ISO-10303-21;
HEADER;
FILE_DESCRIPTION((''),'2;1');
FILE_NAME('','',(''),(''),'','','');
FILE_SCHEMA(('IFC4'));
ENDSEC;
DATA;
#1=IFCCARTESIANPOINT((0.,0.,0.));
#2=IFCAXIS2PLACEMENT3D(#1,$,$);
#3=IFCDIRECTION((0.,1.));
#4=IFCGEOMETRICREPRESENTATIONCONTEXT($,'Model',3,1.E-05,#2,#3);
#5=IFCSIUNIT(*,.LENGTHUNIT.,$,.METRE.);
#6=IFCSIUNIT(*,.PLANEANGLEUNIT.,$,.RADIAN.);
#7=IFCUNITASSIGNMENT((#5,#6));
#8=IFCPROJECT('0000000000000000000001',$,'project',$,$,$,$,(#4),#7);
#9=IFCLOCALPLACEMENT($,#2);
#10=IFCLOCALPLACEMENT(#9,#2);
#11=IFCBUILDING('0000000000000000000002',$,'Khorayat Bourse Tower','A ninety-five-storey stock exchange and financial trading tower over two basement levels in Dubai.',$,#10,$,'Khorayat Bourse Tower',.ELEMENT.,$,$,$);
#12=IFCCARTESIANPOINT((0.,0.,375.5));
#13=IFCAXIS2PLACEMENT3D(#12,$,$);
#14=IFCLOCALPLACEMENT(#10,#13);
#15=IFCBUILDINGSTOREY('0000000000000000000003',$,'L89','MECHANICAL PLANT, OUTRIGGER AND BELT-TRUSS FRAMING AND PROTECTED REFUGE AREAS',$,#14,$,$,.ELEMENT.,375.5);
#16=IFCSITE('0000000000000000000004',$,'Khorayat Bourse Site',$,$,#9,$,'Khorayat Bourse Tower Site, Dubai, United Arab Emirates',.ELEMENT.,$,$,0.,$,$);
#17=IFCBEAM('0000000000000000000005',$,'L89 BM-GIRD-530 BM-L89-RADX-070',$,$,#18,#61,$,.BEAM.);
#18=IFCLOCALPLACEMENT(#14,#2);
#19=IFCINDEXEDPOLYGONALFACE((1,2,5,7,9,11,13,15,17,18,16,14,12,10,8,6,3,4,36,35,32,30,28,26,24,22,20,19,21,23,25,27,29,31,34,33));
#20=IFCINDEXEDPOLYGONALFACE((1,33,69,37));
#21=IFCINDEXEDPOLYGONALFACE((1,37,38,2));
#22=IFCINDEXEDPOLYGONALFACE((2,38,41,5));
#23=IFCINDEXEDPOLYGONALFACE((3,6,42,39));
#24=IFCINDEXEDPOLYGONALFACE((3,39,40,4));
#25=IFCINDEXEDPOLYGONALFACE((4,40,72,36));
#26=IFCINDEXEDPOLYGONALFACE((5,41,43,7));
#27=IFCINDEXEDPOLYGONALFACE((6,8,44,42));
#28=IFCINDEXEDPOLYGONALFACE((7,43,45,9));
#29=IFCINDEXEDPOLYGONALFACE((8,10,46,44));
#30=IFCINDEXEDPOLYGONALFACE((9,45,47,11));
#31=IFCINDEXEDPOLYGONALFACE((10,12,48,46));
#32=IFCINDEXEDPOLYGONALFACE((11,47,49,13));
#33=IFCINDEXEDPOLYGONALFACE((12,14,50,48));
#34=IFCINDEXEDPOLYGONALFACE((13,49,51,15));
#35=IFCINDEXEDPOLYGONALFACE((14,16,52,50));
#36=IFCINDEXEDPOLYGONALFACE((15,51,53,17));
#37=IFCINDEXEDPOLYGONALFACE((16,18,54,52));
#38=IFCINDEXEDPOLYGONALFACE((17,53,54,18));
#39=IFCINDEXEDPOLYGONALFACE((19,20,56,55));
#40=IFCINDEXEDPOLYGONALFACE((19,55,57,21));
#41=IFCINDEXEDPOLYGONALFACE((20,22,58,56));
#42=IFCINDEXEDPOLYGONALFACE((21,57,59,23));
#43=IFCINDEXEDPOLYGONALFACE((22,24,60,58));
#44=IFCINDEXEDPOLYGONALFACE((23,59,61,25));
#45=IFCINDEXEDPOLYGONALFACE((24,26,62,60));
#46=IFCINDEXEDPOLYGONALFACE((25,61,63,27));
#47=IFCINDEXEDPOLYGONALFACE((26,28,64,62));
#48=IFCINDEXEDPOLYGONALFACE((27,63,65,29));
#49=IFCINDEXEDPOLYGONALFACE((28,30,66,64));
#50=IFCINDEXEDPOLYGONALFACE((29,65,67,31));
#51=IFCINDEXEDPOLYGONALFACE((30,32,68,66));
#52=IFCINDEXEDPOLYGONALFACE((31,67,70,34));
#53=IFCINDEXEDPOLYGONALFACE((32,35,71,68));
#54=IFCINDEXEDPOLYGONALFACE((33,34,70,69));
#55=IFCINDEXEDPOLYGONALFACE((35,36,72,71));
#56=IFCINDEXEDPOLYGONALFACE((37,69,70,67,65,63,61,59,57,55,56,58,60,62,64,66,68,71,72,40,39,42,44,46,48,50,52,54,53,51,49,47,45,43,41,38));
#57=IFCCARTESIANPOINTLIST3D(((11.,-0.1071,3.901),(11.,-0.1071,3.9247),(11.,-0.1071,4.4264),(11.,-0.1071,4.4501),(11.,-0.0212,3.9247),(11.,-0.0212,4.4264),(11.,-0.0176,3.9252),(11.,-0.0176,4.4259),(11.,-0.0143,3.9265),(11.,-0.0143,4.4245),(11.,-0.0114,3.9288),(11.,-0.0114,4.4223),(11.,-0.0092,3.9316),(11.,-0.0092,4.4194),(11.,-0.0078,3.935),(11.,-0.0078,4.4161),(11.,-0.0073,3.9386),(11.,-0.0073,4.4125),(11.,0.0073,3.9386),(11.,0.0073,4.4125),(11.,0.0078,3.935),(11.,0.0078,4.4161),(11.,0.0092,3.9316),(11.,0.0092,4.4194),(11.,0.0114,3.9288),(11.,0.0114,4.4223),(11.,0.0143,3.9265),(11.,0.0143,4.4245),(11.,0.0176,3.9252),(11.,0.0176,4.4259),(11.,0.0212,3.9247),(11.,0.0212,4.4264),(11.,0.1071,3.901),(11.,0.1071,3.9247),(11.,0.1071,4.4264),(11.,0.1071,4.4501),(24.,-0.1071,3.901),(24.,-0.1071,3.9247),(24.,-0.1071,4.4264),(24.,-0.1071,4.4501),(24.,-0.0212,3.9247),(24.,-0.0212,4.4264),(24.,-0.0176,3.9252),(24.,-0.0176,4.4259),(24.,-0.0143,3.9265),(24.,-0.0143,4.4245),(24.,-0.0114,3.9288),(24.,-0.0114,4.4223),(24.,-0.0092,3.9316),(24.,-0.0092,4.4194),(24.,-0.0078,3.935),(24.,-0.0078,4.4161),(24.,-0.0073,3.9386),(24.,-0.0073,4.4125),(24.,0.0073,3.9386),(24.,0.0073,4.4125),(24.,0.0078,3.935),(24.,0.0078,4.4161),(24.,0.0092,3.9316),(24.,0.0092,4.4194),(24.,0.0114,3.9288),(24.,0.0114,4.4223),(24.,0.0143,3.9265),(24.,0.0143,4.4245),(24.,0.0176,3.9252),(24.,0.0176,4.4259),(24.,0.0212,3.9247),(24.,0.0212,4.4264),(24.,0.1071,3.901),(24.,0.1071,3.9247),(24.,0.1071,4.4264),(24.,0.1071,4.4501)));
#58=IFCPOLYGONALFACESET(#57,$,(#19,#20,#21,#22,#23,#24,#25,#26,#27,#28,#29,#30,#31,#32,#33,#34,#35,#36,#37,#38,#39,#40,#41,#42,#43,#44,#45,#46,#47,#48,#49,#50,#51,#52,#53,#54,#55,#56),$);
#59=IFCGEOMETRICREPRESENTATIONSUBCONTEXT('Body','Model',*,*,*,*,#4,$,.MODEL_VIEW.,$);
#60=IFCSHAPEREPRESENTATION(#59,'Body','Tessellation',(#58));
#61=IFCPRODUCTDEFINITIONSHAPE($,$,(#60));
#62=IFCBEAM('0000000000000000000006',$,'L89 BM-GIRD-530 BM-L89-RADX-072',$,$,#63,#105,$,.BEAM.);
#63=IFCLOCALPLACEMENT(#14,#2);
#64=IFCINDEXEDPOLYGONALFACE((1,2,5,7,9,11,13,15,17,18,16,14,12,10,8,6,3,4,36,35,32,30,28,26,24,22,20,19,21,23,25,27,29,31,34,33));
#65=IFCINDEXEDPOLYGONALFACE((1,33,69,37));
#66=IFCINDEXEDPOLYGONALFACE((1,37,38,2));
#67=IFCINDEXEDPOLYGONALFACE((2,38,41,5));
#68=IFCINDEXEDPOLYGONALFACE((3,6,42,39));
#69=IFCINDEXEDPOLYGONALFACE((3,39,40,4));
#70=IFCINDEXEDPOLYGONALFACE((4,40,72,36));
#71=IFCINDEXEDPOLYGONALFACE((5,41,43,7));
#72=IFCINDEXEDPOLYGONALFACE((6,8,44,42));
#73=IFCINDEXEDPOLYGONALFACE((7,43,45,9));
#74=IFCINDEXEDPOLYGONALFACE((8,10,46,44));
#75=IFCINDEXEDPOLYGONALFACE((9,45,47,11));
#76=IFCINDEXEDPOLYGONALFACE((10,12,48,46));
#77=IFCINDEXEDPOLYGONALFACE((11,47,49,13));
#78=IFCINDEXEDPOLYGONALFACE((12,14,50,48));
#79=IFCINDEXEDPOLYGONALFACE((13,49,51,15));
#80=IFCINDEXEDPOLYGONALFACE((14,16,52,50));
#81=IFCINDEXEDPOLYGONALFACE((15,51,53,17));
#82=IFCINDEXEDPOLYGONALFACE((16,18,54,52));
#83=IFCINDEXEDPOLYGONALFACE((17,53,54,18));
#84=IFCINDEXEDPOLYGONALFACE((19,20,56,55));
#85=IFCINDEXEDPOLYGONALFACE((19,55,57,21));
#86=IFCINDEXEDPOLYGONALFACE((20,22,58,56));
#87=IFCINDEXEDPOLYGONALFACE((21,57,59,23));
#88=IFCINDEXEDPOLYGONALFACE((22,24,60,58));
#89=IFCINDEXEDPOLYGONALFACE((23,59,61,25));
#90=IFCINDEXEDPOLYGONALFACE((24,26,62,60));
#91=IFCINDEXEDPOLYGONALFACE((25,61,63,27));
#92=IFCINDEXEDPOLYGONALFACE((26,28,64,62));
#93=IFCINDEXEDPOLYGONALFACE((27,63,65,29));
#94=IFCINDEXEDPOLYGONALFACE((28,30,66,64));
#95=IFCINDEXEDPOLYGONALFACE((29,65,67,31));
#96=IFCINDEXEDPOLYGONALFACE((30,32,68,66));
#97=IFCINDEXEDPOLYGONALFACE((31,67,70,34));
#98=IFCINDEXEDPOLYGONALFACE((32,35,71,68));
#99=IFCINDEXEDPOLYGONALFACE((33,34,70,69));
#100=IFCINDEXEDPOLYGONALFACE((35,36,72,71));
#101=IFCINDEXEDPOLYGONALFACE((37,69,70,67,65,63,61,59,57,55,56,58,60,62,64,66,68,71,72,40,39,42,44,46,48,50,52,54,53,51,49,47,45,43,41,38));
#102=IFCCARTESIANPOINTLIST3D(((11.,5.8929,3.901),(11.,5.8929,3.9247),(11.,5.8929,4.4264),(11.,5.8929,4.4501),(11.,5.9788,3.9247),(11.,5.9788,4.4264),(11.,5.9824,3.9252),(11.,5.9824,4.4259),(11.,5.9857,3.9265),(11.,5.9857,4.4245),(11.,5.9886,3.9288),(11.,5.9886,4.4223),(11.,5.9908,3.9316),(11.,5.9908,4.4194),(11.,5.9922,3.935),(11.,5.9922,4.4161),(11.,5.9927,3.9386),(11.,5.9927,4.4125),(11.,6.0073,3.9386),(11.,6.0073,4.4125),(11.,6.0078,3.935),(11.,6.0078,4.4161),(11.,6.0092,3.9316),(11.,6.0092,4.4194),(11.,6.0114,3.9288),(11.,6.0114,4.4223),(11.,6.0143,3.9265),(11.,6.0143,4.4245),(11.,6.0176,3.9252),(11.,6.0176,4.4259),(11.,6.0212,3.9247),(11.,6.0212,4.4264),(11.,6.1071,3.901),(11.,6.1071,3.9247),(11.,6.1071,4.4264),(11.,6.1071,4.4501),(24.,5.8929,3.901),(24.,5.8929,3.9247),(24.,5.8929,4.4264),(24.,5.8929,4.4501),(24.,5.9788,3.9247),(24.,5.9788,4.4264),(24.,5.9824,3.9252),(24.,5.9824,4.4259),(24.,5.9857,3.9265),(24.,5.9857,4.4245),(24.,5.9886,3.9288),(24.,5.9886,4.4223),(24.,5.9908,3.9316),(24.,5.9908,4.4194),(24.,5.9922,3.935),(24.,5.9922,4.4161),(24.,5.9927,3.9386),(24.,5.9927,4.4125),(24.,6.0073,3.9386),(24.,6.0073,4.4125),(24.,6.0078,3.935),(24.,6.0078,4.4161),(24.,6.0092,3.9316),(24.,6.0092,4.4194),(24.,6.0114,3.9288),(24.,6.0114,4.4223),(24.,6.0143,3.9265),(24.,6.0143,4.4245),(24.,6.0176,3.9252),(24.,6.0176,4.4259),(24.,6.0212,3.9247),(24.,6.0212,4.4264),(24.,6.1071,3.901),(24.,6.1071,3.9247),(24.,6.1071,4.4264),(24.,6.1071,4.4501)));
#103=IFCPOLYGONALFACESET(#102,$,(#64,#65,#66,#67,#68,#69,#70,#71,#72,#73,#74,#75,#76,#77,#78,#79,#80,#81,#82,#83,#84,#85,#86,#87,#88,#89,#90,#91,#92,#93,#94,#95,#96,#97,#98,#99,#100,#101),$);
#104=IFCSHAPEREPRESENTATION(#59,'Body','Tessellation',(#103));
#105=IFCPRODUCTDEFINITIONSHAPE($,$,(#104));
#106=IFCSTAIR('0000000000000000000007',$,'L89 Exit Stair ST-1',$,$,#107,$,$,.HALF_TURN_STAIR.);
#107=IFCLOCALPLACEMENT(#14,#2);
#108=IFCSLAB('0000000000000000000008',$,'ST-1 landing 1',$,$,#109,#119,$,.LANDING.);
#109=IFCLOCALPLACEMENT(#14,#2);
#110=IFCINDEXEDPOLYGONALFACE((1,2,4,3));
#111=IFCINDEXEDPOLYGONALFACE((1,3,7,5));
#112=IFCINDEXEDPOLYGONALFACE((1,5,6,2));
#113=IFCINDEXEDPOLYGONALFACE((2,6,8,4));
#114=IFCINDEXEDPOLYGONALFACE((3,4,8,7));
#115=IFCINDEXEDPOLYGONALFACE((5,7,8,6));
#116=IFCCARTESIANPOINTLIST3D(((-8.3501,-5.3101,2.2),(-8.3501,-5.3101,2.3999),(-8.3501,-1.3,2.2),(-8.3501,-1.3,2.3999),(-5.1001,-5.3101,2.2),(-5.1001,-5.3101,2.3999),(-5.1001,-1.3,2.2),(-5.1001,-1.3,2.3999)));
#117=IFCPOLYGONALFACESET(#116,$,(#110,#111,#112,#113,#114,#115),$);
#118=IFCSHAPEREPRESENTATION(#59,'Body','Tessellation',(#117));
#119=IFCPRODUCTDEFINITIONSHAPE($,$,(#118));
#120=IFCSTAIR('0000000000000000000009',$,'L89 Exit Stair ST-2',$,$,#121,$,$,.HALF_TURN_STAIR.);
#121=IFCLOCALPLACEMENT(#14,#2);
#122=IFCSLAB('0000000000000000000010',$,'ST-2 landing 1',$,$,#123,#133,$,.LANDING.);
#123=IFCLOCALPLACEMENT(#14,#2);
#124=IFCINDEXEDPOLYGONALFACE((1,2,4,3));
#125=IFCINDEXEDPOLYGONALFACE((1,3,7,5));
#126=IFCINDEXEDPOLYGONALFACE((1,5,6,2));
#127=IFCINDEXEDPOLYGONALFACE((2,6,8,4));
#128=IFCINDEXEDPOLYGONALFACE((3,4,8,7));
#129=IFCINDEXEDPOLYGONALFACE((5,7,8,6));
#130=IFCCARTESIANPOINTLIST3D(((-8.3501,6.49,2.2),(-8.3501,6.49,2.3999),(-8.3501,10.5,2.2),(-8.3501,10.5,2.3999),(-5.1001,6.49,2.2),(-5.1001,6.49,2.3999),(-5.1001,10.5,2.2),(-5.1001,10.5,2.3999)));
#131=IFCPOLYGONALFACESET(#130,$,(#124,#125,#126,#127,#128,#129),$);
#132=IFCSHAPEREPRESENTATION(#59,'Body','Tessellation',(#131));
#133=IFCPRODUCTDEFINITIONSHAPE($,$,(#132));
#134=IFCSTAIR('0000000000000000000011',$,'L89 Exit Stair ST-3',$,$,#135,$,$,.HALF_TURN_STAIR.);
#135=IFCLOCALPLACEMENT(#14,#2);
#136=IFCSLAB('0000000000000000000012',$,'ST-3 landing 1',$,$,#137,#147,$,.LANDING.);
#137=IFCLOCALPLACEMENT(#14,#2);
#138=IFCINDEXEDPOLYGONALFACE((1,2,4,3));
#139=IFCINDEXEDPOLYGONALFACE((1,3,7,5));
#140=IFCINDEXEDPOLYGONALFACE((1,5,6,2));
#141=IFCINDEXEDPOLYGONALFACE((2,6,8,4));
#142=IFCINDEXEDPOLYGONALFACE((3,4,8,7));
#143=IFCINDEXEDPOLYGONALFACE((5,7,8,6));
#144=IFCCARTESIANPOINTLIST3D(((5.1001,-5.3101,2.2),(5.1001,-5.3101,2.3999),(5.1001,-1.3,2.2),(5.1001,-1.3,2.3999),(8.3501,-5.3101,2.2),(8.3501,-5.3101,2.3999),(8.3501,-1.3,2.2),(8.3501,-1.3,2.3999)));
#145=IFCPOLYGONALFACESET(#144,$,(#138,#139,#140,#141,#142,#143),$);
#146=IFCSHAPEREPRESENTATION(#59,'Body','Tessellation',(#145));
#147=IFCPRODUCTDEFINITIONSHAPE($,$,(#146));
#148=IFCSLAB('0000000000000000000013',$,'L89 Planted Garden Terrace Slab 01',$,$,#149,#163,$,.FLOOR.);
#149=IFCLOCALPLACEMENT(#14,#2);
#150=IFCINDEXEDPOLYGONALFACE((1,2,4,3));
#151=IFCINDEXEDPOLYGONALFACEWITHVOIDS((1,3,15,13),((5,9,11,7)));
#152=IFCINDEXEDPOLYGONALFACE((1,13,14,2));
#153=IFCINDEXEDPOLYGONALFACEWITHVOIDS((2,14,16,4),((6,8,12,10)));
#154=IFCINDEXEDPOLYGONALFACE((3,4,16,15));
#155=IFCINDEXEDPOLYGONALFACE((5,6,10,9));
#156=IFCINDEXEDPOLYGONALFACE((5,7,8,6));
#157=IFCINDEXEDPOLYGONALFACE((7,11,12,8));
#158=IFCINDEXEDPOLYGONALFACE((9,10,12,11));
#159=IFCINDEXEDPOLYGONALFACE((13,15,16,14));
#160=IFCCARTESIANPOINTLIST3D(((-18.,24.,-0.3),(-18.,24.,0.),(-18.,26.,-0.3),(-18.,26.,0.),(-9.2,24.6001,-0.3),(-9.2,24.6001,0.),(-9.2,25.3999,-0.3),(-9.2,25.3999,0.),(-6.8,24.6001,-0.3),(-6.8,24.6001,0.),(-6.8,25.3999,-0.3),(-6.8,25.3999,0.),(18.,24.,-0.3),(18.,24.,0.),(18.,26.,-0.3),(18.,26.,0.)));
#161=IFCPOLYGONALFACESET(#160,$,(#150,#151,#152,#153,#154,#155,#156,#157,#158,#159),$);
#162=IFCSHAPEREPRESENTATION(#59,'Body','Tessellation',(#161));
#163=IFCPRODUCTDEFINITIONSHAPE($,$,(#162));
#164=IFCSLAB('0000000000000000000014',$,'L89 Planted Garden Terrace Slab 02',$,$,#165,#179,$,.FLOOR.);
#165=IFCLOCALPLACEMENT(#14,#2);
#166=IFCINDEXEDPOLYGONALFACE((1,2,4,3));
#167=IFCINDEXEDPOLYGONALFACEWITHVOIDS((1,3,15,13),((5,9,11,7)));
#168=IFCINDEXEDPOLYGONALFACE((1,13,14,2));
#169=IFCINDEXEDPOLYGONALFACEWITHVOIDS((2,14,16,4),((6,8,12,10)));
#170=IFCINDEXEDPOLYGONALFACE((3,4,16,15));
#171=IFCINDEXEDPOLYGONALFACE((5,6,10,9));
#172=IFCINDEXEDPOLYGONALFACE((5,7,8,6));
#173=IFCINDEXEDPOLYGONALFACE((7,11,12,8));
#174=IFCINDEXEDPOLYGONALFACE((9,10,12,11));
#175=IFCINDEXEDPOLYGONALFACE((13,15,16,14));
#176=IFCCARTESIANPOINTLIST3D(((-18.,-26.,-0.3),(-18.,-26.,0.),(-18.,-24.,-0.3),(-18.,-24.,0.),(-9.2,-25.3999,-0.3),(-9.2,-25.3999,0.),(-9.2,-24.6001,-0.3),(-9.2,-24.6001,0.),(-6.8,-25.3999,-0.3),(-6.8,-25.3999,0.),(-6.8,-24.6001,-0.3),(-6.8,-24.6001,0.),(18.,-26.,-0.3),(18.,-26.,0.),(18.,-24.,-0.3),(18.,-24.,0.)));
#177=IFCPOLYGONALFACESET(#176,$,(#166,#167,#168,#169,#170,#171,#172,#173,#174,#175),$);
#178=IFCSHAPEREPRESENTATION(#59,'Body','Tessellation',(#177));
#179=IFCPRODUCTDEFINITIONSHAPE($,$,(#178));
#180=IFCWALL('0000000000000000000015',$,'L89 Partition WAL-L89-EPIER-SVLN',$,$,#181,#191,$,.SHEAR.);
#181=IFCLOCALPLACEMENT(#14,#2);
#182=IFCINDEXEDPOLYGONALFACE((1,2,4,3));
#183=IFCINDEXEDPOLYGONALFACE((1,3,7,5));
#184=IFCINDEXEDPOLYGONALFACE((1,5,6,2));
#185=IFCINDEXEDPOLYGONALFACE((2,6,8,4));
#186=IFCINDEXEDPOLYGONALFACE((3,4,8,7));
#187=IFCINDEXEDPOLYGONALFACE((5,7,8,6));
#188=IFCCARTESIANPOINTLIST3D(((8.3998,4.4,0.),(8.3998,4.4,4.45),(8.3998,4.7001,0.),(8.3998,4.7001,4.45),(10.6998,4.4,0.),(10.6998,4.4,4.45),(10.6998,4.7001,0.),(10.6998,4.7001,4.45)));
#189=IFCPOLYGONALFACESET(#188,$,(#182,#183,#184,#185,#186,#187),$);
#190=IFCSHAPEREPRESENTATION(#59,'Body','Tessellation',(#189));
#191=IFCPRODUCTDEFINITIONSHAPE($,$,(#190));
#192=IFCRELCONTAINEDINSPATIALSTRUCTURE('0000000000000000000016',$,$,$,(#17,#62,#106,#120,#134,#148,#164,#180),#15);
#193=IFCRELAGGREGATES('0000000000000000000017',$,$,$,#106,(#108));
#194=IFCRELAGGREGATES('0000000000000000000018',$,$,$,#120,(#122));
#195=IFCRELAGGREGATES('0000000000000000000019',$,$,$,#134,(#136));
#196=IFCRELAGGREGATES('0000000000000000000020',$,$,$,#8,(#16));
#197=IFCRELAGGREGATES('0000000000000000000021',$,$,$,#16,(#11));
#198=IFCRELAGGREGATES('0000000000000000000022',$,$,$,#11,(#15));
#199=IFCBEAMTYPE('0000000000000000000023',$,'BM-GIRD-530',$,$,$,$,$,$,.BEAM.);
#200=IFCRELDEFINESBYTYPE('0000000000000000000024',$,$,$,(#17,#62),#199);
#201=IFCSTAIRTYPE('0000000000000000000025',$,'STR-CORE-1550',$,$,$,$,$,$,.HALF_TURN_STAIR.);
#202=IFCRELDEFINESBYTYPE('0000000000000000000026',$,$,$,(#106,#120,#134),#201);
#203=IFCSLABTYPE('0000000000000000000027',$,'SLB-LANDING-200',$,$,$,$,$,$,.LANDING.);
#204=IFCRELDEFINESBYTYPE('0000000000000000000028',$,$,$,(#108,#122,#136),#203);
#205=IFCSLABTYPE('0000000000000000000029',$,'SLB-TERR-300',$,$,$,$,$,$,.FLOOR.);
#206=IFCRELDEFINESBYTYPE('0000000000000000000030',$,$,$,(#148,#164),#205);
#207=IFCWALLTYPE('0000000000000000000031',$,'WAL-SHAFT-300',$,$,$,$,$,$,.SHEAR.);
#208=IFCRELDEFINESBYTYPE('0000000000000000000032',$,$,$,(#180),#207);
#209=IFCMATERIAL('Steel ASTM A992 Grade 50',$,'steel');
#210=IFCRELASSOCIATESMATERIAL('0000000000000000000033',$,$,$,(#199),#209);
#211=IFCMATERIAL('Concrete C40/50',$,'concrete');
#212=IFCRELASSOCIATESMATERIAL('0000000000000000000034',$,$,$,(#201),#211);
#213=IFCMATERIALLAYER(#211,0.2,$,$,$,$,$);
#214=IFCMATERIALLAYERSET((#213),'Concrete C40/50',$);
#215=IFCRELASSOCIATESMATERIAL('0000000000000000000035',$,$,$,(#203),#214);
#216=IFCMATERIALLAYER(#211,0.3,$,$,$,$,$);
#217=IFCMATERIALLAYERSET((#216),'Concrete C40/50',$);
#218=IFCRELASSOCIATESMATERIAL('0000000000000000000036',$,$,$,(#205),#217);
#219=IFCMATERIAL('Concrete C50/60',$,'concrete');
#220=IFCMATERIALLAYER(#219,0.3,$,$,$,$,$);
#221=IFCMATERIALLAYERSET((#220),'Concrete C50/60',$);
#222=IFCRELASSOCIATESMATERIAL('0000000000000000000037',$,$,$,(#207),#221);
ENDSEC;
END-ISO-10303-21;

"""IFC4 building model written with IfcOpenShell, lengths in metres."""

from ifc_helpers import new_model, si_unit, direction, frame, frame_2d, origin, origin_2d, place, context, subcontext, project, spatial, polyline, rectangle, i_section, outline, extrude, source, transform, mapped, material, layer, layer_set, material_profile, profile_set, type_object, element, aggregate, save


model = new_model("IFC4")

# Units and contexts
model_context = context("Model", 3, precision=1e-05, world=origin(), true_north=direction((0.0, 1.0)))
body_context = subcontext(model_context, "Body", "Model", "MODEL_VIEW")
ifc_project = project(units=[si_unit("LENGTHUNIT", "METRE"), si_unit("PLANEANGLEUNIT", "RADIAN")], contexts=[model_context])

# Site, building, storey
site_placement = place(None, origin())
site = spatial("IfcSite", under=ifc_project, at=site_placement, Name="Khorayat Bourse Site", LongName="Khorayat Bourse Tower Site, Dubai, United Arab Emirates", CompositionType="ELEMENT", RefElevation=0.0)
building_placement = place(site_placement, origin())
building = spatial("IfcBuilding", under=site, at=building_placement, Name="Khorayat Bourse Tower", Description="A ninety-five-storey stock exchange and financial trading tower over two basement levels in Dubai.", LongName="Khorayat Bourse Tower", CompositionType="ELEMENT")
storey_placement = place(building_placement, frame((0.0, 0.0, 375.5)))
storey = spatial("IfcBuildingStorey", under=building, at=storey_placement, Name="L89", Description="MECHANICAL PLANT, OUTRIGGER AND BELT-TRUSS FRAMING AND PROTECTED REFUGE AREAS", CompositionType="ELEMENT", Elevation=375.5)

# Beams
ifc_material_1 = material(Name="Steel ASTM A992 Grade 50", Category="steel")
ifc_material_profile_1 = material_profile(ifc_material_1, i_section(OverallWidth=0.2141, OverallDepth=0.5491, WebThickness=0.0146, FlangeThickness=0.0237, FilletRadius=0.0139, at=origin_2d()), Name="W530X138")
ifc_profile_set_1 = profile_set([ifc_material_profile_1], Name="Steel ASTM A992 Grade 50")
beam_type_1 = type_object("IfcBeamType", Name="BM-GIRD-530", PredefinedType="BEAM", material=ifc_profile_set_1)
shared_shape_1 = source(origin(), body_context, "Body", "SweptSolid", [
    extrude(i_section(OverallWidth=0.2141, OverallDepth=0.5491, WebThickness=0.0146, FlangeThickness=0.0237, FilletRadius=0.0139, at=origin_2d()), origin(), (0.0, 0.0, 1.0), 13.0),
])
for number, where, z_axis, x_axis, name in (
    (1, (11.0, 0.0, 4.1755), (1.0, 0.0, 0.0), (0.0, 1.0, 0.0), "L89 BM-GIRD-530 BM-L89-RADX-070"),
    (2, (11.0, 6.0, 4.1755), (1.0, 0.0, 0.0), (0.0, 1.0, 0.0), "L89 BM-GIRD-530 BM-L89-RADX-072"),
):
    element("IfcBeam", number, at=place(storey_placement, frame(where, z_axis=z_axis, x_axis=x_axis)), inside=storey, type_object=beam_type_1, Name=name, PredefinedType="BEAM", context=body_context, shape_type="MappedRepresentation", body=[
        mapped(shared_shape_1, transform((0.0, 0.0, 0.0), scale=1.0)),
    ])

# Stairs, slabs
ifc_material_2 = material(Name="Concrete C40/50", Category="concrete")
stair_type = type_object("IfcStairType", Name="STR-CORE-1550", PredefinedType="HALF_TURN_STAIR", material=ifc_material_2)
stair_1_placement = place(storey_placement, origin())
stair_1 = element("IfcStair", 3, at=stair_1_placement, inside=storey, type_object=stair_type, Name="L89 Exit Stair ST-1", PredefinedType="HALF_TURN_STAIR")
ifc_layer_1 = layer(ifc_material_2, 0.2)
ifc_layer_set_1 = layer_set([ifc_layer_1], Name="Concrete C40/50")
slab_type_1 = type_object("IfcSlabType", Name="SLB-LANDING-200", PredefinedType="LANDING", material=ifc_layer_set_1)
slab_1_placement = place(storey_placement, frame((0.0, 0.0, 2.2)))
slab_1 = element("IfcSlab", 4, at=slab_1_placement, type_object=slab_type_1, Name="ST-1 landing 1", PredefinedType="LANDING", context=body_context, shape_type="SweptSolid", body=[
    extrude(outline(polyline([(-5.1001, -5.3101), (-5.1001, -1.3), (-8.3501, -1.3), (-8.3501, -5.3101), (-5.1001, -5.3101)])), origin(), (0.0, 0.0, 1.0), 0.2),
])
aggregate(stair_1, [slab_1])
stair_2_placement = place(storey_placement, origin())
stair_2 = element("IfcStair", 5, at=stair_2_placement, inside=storey, type_object=stair_type, Name="L89 Exit Stair ST-2", PredefinedType="HALF_TURN_STAIR")
slab_2_placement = place(storey_placement, frame((0.0, 0.0, 2.2)))
slab_2 = element("IfcSlab", 6, at=slab_2_placement, type_object=slab_type_1, Name="ST-2 landing 1", PredefinedType="LANDING", context=body_context, shape_type="SweptSolid", body=[
    extrude(outline(polyline([(-5.1001, 6.49), (-5.1001, 10.5), (-8.3501, 10.5), (-8.3501, 6.49), (-5.1001, 6.49)])), origin(), (0.0, 0.0, 1.0), 0.2),
])
aggregate(stair_2, [slab_2])
stair_3_placement = place(storey_placement, origin())
stair_3 = element("IfcStair", 7, at=stair_3_placement, inside=storey, type_object=stair_type, Name="L89 Exit Stair ST-3", PredefinedType="HALF_TURN_STAIR")
slab_3_placement = place(storey_placement, frame((0.0, 0.0, 2.2)))
slab_3 = element("IfcSlab", 8, at=slab_3_placement, type_object=slab_type_1, Name="ST-3 landing 1", PredefinedType="LANDING", context=body_context, shape_type="SweptSolid", body=[
    extrude(outline(polyline([(8.3501, -5.3101), (8.3501, -1.3), (5.1001, -1.3), (5.1001, -5.3101), (8.3501, -5.3101)])), origin(), (0.0, 0.0, 1.0), 0.2),
])
aggregate(stair_3, [slab_3])

# Slabs
ifc_layer_2 = layer(ifc_material_2, 0.3)
ifc_layer_set_2 = layer_set([ifc_layer_2], Name="Concrete C40/50")
slab_type_2 = type_object("IfcSlabType", Name="SLB-TERR-300", PredefinedType="FLOOR", material=ifc_layer_set_2)
slab_4_placement = place(storey_placement, frame((0.0, 0.0, -0.3)))
element("IfcSlab", 9, at=slab_4_placement, inside=storey, type_object=slab_type_2, Name="L89 Planted Garden Terrace Slab 01", PredefinedType="FLOOR", context=body_context, shape_type="SweptSolid", body=[
    extrude(outline(polyline([(-18.0, 24.0), (18.0, 24.0), (18.0, 26.0), (-18.0, 26.0), (-18.0, 24.0)]), holes=[polyline([(-9.2, 24.6001), (-6.8, 24.6001), (-6.8, 25.3999), (-9.2, 25.3999), (-9.2, 24.6001)])]), origin(), (0.0, 0.0, 1.0), 0.3),
])
slab_5_placement = place(storey_placement, frame((0.0, 0.0, -0.3)))
element("IfcSlab", 10, at=slab_5_placement, inside=storey, type_object=slab_type_2, Name="L89 Planted Garden Terrace Slab 02", PredefinedType="FLOOR", context=body_context, shape_type="SweptSolid", body=[
    extrude(outline(polyline([(-18.0, -26.0), (18.0, -26.0), (18.0, -24.0), (-18.0, -24.0), (-18.0, -26.0)]), holes=[polyline([(-9.2, -25.3999), (-6.8, -25.3999), (-6.8, -24.6001), (-9.2, -24.6001), (-9.2, -25.3999)])]), origin(), (0.0, 0.0, 1.0), 0.3),
])

# Wall
ifc_material_3 = material(Name="Concrete C50/60", Category="concrete")
ifc_layer_3 = layer(ifc_material_3, 0.3)
ifc_layer_set_3 = layer_set([ifc_layer_3], Name="Concrete C50/60")
wall_type_1 = type_object("IfcWallType", Name="WAL-SHAFT-300", PredefinedType="SHEAR", material=ifc_layer_set_3)
shared_shape_2 = source(origin(), body_context, "Body", "SweptSolid", [
    extrude(rectangle(XDim=2.3, YDim=0.3, at=frame_2d((1.1499, 0.0))), origin(), (0.0, 0.0, 1.0), 4.45),
])
wall_1_placement = place(storey_placement, frame((8.3999, 4.55, 0.0), z_axis=(0.0, 0.0, 1.0), x_axis=(1.0, 0.0, 0.0)))
element("IfcWall", 11, at=wall_1_placement, inside=storey, type_object=wall_type_1, Name="L89 Partition WAL-L89-EPIER-SVLN", PredefinedType="SHEAR", context=body_context, shape_type="MappedRepresentation", body=[
    mapped(shared_shape_2, transform((0.0, 0.0, 0.0), scale=1.0)),
])

save(model, "model.ifc")
